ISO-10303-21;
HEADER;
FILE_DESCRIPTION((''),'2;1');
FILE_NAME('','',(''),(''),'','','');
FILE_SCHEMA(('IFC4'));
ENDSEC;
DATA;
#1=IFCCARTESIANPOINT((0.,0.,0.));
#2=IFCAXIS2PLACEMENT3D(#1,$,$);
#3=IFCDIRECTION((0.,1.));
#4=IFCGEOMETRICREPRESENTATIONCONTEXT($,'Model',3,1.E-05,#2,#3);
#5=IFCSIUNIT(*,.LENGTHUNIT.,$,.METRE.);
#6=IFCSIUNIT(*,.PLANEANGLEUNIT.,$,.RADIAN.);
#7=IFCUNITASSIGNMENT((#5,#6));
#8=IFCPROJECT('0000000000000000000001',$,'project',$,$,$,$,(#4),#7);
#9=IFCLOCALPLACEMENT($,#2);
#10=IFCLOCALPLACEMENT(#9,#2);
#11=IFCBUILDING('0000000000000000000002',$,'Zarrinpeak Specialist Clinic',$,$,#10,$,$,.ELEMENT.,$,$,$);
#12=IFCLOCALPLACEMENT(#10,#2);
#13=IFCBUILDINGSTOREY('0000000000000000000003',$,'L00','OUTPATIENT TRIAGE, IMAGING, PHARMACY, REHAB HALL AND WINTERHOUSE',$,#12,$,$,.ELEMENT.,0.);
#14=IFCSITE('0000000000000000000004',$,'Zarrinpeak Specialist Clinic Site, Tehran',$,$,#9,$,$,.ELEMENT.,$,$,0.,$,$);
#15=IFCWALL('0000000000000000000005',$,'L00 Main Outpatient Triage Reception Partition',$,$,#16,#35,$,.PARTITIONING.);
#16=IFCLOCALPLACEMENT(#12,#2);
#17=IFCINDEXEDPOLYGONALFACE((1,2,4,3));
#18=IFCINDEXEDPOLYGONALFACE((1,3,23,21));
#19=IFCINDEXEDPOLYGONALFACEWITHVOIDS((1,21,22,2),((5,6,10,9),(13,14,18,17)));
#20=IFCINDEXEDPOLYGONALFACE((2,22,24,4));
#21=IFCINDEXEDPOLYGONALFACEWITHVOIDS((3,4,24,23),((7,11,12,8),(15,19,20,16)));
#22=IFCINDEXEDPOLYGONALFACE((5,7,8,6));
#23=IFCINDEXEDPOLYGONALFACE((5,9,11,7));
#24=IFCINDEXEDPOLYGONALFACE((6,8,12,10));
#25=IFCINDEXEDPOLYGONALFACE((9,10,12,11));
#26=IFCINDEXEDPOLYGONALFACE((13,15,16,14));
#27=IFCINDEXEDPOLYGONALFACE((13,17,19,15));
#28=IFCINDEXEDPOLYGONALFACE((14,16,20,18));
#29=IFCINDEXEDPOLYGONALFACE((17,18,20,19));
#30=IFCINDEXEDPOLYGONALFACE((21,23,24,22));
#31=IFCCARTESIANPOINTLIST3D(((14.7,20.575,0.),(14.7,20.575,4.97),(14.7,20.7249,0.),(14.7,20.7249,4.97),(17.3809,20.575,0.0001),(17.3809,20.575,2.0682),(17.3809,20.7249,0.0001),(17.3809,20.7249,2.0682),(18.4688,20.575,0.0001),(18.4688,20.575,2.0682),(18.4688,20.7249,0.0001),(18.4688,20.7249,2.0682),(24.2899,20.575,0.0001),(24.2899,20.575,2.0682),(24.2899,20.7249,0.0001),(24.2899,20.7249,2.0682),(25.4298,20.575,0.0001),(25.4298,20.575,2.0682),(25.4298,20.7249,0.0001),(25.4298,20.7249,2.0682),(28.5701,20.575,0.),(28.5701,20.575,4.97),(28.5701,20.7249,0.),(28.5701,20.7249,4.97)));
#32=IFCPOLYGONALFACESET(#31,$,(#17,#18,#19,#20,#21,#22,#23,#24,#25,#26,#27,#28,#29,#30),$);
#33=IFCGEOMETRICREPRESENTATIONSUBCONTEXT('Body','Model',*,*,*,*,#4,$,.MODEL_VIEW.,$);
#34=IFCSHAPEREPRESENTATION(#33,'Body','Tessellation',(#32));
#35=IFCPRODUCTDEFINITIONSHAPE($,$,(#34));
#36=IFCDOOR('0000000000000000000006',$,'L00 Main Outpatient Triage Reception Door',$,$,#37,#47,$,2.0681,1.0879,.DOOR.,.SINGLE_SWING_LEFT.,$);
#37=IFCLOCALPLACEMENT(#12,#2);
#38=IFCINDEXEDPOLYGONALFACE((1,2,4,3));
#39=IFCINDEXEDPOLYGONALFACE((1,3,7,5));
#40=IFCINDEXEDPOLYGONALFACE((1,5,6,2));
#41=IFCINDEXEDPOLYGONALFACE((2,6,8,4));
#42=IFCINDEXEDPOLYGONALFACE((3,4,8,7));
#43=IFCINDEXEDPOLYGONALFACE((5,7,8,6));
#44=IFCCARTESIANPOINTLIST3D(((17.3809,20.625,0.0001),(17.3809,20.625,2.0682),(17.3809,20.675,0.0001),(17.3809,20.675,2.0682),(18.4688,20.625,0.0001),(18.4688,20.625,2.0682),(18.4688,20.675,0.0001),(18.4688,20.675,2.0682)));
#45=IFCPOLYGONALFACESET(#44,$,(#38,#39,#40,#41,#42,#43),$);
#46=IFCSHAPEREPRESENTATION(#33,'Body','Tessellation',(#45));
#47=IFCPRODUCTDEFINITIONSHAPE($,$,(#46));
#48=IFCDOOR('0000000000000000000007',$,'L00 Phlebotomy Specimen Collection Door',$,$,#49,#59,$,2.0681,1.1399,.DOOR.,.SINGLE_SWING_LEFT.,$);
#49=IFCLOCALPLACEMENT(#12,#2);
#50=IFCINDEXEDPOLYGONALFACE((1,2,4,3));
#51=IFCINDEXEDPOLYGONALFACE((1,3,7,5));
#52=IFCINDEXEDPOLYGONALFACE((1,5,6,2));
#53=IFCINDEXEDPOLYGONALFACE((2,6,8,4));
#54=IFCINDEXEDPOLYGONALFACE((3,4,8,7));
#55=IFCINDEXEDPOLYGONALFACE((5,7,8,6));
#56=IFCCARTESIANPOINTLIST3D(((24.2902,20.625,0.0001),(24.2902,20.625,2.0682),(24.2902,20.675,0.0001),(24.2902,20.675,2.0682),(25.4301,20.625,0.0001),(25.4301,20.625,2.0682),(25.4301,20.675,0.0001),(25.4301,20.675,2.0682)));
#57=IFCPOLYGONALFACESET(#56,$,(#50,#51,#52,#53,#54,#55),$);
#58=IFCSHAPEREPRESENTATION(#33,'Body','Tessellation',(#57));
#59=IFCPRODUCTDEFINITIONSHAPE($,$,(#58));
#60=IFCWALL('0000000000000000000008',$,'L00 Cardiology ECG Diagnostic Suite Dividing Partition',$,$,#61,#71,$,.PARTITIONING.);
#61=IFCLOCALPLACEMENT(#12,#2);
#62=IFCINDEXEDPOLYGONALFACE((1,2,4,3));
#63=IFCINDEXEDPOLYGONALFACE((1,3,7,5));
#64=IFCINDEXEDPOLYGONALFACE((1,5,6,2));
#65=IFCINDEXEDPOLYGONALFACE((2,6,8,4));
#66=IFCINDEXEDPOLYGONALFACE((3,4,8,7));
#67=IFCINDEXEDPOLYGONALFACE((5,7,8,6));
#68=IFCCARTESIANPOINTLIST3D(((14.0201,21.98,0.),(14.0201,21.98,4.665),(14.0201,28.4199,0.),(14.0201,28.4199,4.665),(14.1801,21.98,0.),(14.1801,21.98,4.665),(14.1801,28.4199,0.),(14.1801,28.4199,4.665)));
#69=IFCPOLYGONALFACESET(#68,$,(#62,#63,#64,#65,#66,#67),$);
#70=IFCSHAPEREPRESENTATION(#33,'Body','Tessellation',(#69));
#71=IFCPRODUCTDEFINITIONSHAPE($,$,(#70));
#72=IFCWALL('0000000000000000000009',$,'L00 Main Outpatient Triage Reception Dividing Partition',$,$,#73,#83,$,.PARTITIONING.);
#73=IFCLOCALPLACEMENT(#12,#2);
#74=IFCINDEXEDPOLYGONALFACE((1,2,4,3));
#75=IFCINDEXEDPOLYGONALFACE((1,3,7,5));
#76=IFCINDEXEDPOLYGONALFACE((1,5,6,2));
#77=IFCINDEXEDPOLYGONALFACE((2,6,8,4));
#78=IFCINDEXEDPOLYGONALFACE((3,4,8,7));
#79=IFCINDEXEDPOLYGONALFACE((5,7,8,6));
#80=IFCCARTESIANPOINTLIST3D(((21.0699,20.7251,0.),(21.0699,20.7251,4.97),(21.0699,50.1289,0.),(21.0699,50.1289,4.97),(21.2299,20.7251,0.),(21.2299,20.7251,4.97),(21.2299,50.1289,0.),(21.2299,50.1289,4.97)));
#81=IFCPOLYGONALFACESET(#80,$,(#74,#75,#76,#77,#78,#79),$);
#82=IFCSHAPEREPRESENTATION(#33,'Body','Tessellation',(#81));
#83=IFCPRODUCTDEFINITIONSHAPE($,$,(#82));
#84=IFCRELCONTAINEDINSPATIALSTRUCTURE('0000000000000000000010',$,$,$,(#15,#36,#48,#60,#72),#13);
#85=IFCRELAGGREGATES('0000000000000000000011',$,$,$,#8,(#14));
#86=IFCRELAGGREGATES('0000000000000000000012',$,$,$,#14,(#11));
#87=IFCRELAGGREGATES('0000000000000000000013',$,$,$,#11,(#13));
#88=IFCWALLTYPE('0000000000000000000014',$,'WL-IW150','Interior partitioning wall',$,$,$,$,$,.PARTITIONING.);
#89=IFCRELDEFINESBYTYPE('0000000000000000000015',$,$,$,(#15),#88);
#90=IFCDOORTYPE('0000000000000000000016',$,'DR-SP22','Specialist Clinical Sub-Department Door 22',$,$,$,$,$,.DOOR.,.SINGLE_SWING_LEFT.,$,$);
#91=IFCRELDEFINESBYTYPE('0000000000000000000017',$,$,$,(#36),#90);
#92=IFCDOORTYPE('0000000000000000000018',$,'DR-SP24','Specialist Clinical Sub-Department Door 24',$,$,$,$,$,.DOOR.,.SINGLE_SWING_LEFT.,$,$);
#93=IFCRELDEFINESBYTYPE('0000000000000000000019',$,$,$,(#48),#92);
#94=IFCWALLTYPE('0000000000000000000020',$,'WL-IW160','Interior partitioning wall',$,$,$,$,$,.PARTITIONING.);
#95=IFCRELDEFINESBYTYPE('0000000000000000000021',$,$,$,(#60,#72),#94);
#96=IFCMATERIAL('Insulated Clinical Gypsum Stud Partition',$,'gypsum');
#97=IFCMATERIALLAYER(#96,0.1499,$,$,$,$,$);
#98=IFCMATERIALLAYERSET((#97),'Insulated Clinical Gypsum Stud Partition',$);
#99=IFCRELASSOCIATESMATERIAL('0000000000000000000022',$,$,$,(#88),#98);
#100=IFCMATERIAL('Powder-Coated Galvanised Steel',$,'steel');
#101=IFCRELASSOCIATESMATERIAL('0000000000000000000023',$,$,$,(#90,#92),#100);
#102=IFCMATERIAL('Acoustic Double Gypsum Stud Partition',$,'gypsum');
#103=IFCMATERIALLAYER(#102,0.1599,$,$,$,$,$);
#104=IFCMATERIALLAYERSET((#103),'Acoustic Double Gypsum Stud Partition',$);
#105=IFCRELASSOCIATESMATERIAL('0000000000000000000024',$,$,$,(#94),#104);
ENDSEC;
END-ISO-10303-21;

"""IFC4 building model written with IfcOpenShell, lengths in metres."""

from ifc_helpers import new_model, si_unit, direction, frame, frame_2d, origin, place, context, subcontext, project, spatial, rectangle, extrude, material, layer, layer_set, type_object, element, fill, save


model = new_model("IFC4")

# Units and contexts
model_context = context("Model", 3, precision=1e-05, world=origin(), true_north=direction((0.0, 1.0)))
body_context = subcontext(model_context, "Body", "Model", "MODEL_VIEW")
ifc_project = project(units=[si_unit("LENGTHUNIT", "METRE"), si_unit("PLANEANGLEUNIT", "RADIAN")], contexts=[model_context])

# Site, building, storey
site_placement = place(None, origin())
site = spatial("IfcSite", under=ifc_project, at=site_placement, Name="Zarrinpeak Specialist Clinic Site, Tehran", CompositionType="ELEMENT", RefElevation=0.0)
building_placement = place(site_placement, origin())
building = spatial("IfcBuilding", under=site, at=building_placement, Name="Zarrinpeak Specialist Clinic", CompositionType="ELEMENT")
storey_placement = place(building_placement, origin())
storey = spatial("IfcBuildingStorey", under=building, at=storey_placement, Name="L00", Description="OUTPATIENT TRIAGE, IMAGING, PHARMACY, REHAB HALL AND WINTERHOUSE", CompositionType="ELEMENT", Elevation=0.0)

# Wall, openings, doors
ifc_material_1 = material(Name="Insulated Clinical Gypsum Stud Partition", Category="gypsum")
ifc_layer_1 = layer(ifc_material_1, 0.1499)
ifc_layer_set_1 = layer_set([ifc_layer_1], Name="Insulated Clinical Gypsum Stud Partition")
wall_type_1 = type_object("IfcWallType", Name="WL-IW150", Description="Interior partitioning wall", PredefinedType="PARTITIONING", material=ifc_layer_set_1)
wall_1_placement = place(storey_placement, frame((14.7, 20.6499, 0.0), z_axis=(0.0, 0.0, 1.0), x_axis=(1.0, 0.0, 0.0)))
wall_1 = element("IfcWall", 1, at=wall_1_placement, inside=storey, type_object=wall_type_1, Name="L00 Main Outpatient Triage Reception Partition", PredefinedType="PARTITIONING", context=body_context, shape_type="SweptSolid", body=[
    extrude(rectangle(XDim=13.8701, YDim=0.1499, at=frame_2d((6.9351, 0.0))), origin(), (0.0, 0.0, 1.0), 4.97),
])
opening_1_placement = place(wall_1_placement, frame((2.6809, 0.0, 0.0)))
opening_1 = element("IfcOpeningElement", 2, at=opening_1_placement, cuts=wall_1, PredefinedType="OPENING", context=body_context, shape_type="SweptSolid", body=[
    extrude(rectangle(XDim=1.0879, YDim=2.0681, at=frame_2d((0.5439, 1.0342))), frame((0.0, 0.085, 0.0), z_axis=(0.0, -1.0, 0.0), x_axis=(1.0, 0.0, 0.0)), (0.0, 0.0, 1.0), 0.1699),
])
opening_2_placement = place(wall_1_placement, frame((9.5901, 0.0, 0.0)))
opening_2 = element("IfcOpeningElement", 3, at=opening_2_placement, cuts=wall_1, PredefinedType="OPENING", context=body_context, shape_type="SweptSolid", body=[
    extrude(rectangle(XDim=1.1399, YDim=2.0681, at=frame_2d((0.5698, 1.0342))), frame((0.0, 0.085, 0.0), z_axis=(0.0, -1.0, 0.0), x_axis=(1.0, 0.0, 0.0)), (0.0, 0.0, 1.0), 0.1699),
])
ifc_material_2 = material(Name="Powder-Coated Galvanised Steel", Category="steel")
door_type_1 = type_object("IfcDoorType", Name="DR-SP22", Description="Specialist Clinical Sub-Department Door 22", OperationType="SINGLE_SWING_LEFT", PredefinedType="DOOR", material=ifc_material_2)
door_1_placement = place(opening_1_placement, frame((1.0879, 0.0, 0.0), z_axis=(0.0, 0.0, 1.0), x_axis=(-1.0, 0.0, 0.0)))
door_1 = element("IfcDoor", 4, at=door_1_placement, inside=storey, type_object=door_type_1, Name="L00 Main Outpatient Triage Reception Door", OperationType="SINGLE_SWING_LEFT", OverallHeight=2.0681, OverallWidth=1.0879, PredefinedType="DOOR", context=body_context, shape_type="SweptSolid", body=[
    extrude(rectangle(XDim=1.0879, YDim=2.0681, at=frame_2d((0.5439, 1.0342))), frame((0.0, 0.0249, 0.0), z_axis=(0.0, -1.0, 0.0), x_axis=(1.0, 0.0, 0.0)), (0.0, 0.0, 1.0), 0.05),
])
fill(opening_1, door_1)
door_type_2 = type_object("IfcDoorType", Name="DR-SP24", Description="Specialist Clinical Sub-Department Door 24", OperationType="SINGLE_SWING_LEFT", PredefinedType="DOOR", material=ifc_material_2)
door_2_placement = place(opening_2_placement, frame((1.1399, 0.0, 0.0), z_axis=(0.0, 0.0, 1.0), x_axis=(-1.0, 0.0, 0.0)))
door_2 = element("IfcDoor", 5, at=door_2_placement, inside=storey, type_object=door_type_2, Name="L00 Phlebotomy Specimen Collection Door", OperationType="SINGLE_SWING_LEFT", OverallHeight=2.0681, OverallWidth=1.1399, PredefinedType="DOOR", context=body_context, shape_type="SweptSolid", body=[
    extrude(rectangle(XDim=1.1399, YDim=2.0681, at=frame_2d((0.5698, 1.0342))), frame((0.0, 0.0249, 0.0), z_axis=(0.0, -1.0, 0.0), x_axis=(1.0, 0.0, 0.0)), (0.0, 0.0, 1.0), 0.05),
])
fill(opening_2, door_2)

# Walls
ifc_material_3 = material(Name="Acoustic Double Gypsum Stud Partition", Category="gypsum")
ifc_layer_2 = layer(ifc_material_3, 0.1599)
ifc_layer_set_2 = layer_set([ifc_layer_2], Name="Acoustic Double Gypsum Stud Partition")
wall_type_2 = type_object("IfcWallType", Name="WL-IW160", Description="Interior partitioning wall", PredefinedType="PARTITIONING", material=ifc_layer_set_2)
wall_2_placement = place(storey_placement, frame((14.1001, 21.98, 0.0), z_axis=(0.0, 0.0, 1.0), x_axis=(0.0, 1.0, 0.0)))
element("IfcWall", 6, at=wall_2_placement, inside=storey, type_object=wall_type_2, Name="L00 Cardiology ECG Diagnostic Suite Dividing Partition", PredefinedType="PARTITIONING", context=body_context, shape_type="SweptSolid", body=[
    extrude(rectangle(XDim=6.4399, YDim=0.1599, at=frame_2d((3.22, 0.0))), origin(), (0.0, 0.0, 1.0), 4.665),
])
wall_3_placement = place(storey_placement, frame((21.1499, 20.7251, 0.0), z_axis=(0.0, 0.0, 1.0), x_axis=(0.0, 1.0, 0.0)))
element("IfcWall", 7, at=wall_3_placement, inside=storey, type_object=wall_type_2, Name="L00 Main Outpatient Triage Reception Dividing Partition", PredefinedType="PARTITIONING", context=body_context, shape_type="SweptSolid", body=[
    extrude(rectangle(XDim=29.4038, YDim=0.1599, at=frame_2d((14.7019, 0.0))), origin(), (0.0, 0.0, 1.0), 4.97),
])

save(model, "model.ifc")
